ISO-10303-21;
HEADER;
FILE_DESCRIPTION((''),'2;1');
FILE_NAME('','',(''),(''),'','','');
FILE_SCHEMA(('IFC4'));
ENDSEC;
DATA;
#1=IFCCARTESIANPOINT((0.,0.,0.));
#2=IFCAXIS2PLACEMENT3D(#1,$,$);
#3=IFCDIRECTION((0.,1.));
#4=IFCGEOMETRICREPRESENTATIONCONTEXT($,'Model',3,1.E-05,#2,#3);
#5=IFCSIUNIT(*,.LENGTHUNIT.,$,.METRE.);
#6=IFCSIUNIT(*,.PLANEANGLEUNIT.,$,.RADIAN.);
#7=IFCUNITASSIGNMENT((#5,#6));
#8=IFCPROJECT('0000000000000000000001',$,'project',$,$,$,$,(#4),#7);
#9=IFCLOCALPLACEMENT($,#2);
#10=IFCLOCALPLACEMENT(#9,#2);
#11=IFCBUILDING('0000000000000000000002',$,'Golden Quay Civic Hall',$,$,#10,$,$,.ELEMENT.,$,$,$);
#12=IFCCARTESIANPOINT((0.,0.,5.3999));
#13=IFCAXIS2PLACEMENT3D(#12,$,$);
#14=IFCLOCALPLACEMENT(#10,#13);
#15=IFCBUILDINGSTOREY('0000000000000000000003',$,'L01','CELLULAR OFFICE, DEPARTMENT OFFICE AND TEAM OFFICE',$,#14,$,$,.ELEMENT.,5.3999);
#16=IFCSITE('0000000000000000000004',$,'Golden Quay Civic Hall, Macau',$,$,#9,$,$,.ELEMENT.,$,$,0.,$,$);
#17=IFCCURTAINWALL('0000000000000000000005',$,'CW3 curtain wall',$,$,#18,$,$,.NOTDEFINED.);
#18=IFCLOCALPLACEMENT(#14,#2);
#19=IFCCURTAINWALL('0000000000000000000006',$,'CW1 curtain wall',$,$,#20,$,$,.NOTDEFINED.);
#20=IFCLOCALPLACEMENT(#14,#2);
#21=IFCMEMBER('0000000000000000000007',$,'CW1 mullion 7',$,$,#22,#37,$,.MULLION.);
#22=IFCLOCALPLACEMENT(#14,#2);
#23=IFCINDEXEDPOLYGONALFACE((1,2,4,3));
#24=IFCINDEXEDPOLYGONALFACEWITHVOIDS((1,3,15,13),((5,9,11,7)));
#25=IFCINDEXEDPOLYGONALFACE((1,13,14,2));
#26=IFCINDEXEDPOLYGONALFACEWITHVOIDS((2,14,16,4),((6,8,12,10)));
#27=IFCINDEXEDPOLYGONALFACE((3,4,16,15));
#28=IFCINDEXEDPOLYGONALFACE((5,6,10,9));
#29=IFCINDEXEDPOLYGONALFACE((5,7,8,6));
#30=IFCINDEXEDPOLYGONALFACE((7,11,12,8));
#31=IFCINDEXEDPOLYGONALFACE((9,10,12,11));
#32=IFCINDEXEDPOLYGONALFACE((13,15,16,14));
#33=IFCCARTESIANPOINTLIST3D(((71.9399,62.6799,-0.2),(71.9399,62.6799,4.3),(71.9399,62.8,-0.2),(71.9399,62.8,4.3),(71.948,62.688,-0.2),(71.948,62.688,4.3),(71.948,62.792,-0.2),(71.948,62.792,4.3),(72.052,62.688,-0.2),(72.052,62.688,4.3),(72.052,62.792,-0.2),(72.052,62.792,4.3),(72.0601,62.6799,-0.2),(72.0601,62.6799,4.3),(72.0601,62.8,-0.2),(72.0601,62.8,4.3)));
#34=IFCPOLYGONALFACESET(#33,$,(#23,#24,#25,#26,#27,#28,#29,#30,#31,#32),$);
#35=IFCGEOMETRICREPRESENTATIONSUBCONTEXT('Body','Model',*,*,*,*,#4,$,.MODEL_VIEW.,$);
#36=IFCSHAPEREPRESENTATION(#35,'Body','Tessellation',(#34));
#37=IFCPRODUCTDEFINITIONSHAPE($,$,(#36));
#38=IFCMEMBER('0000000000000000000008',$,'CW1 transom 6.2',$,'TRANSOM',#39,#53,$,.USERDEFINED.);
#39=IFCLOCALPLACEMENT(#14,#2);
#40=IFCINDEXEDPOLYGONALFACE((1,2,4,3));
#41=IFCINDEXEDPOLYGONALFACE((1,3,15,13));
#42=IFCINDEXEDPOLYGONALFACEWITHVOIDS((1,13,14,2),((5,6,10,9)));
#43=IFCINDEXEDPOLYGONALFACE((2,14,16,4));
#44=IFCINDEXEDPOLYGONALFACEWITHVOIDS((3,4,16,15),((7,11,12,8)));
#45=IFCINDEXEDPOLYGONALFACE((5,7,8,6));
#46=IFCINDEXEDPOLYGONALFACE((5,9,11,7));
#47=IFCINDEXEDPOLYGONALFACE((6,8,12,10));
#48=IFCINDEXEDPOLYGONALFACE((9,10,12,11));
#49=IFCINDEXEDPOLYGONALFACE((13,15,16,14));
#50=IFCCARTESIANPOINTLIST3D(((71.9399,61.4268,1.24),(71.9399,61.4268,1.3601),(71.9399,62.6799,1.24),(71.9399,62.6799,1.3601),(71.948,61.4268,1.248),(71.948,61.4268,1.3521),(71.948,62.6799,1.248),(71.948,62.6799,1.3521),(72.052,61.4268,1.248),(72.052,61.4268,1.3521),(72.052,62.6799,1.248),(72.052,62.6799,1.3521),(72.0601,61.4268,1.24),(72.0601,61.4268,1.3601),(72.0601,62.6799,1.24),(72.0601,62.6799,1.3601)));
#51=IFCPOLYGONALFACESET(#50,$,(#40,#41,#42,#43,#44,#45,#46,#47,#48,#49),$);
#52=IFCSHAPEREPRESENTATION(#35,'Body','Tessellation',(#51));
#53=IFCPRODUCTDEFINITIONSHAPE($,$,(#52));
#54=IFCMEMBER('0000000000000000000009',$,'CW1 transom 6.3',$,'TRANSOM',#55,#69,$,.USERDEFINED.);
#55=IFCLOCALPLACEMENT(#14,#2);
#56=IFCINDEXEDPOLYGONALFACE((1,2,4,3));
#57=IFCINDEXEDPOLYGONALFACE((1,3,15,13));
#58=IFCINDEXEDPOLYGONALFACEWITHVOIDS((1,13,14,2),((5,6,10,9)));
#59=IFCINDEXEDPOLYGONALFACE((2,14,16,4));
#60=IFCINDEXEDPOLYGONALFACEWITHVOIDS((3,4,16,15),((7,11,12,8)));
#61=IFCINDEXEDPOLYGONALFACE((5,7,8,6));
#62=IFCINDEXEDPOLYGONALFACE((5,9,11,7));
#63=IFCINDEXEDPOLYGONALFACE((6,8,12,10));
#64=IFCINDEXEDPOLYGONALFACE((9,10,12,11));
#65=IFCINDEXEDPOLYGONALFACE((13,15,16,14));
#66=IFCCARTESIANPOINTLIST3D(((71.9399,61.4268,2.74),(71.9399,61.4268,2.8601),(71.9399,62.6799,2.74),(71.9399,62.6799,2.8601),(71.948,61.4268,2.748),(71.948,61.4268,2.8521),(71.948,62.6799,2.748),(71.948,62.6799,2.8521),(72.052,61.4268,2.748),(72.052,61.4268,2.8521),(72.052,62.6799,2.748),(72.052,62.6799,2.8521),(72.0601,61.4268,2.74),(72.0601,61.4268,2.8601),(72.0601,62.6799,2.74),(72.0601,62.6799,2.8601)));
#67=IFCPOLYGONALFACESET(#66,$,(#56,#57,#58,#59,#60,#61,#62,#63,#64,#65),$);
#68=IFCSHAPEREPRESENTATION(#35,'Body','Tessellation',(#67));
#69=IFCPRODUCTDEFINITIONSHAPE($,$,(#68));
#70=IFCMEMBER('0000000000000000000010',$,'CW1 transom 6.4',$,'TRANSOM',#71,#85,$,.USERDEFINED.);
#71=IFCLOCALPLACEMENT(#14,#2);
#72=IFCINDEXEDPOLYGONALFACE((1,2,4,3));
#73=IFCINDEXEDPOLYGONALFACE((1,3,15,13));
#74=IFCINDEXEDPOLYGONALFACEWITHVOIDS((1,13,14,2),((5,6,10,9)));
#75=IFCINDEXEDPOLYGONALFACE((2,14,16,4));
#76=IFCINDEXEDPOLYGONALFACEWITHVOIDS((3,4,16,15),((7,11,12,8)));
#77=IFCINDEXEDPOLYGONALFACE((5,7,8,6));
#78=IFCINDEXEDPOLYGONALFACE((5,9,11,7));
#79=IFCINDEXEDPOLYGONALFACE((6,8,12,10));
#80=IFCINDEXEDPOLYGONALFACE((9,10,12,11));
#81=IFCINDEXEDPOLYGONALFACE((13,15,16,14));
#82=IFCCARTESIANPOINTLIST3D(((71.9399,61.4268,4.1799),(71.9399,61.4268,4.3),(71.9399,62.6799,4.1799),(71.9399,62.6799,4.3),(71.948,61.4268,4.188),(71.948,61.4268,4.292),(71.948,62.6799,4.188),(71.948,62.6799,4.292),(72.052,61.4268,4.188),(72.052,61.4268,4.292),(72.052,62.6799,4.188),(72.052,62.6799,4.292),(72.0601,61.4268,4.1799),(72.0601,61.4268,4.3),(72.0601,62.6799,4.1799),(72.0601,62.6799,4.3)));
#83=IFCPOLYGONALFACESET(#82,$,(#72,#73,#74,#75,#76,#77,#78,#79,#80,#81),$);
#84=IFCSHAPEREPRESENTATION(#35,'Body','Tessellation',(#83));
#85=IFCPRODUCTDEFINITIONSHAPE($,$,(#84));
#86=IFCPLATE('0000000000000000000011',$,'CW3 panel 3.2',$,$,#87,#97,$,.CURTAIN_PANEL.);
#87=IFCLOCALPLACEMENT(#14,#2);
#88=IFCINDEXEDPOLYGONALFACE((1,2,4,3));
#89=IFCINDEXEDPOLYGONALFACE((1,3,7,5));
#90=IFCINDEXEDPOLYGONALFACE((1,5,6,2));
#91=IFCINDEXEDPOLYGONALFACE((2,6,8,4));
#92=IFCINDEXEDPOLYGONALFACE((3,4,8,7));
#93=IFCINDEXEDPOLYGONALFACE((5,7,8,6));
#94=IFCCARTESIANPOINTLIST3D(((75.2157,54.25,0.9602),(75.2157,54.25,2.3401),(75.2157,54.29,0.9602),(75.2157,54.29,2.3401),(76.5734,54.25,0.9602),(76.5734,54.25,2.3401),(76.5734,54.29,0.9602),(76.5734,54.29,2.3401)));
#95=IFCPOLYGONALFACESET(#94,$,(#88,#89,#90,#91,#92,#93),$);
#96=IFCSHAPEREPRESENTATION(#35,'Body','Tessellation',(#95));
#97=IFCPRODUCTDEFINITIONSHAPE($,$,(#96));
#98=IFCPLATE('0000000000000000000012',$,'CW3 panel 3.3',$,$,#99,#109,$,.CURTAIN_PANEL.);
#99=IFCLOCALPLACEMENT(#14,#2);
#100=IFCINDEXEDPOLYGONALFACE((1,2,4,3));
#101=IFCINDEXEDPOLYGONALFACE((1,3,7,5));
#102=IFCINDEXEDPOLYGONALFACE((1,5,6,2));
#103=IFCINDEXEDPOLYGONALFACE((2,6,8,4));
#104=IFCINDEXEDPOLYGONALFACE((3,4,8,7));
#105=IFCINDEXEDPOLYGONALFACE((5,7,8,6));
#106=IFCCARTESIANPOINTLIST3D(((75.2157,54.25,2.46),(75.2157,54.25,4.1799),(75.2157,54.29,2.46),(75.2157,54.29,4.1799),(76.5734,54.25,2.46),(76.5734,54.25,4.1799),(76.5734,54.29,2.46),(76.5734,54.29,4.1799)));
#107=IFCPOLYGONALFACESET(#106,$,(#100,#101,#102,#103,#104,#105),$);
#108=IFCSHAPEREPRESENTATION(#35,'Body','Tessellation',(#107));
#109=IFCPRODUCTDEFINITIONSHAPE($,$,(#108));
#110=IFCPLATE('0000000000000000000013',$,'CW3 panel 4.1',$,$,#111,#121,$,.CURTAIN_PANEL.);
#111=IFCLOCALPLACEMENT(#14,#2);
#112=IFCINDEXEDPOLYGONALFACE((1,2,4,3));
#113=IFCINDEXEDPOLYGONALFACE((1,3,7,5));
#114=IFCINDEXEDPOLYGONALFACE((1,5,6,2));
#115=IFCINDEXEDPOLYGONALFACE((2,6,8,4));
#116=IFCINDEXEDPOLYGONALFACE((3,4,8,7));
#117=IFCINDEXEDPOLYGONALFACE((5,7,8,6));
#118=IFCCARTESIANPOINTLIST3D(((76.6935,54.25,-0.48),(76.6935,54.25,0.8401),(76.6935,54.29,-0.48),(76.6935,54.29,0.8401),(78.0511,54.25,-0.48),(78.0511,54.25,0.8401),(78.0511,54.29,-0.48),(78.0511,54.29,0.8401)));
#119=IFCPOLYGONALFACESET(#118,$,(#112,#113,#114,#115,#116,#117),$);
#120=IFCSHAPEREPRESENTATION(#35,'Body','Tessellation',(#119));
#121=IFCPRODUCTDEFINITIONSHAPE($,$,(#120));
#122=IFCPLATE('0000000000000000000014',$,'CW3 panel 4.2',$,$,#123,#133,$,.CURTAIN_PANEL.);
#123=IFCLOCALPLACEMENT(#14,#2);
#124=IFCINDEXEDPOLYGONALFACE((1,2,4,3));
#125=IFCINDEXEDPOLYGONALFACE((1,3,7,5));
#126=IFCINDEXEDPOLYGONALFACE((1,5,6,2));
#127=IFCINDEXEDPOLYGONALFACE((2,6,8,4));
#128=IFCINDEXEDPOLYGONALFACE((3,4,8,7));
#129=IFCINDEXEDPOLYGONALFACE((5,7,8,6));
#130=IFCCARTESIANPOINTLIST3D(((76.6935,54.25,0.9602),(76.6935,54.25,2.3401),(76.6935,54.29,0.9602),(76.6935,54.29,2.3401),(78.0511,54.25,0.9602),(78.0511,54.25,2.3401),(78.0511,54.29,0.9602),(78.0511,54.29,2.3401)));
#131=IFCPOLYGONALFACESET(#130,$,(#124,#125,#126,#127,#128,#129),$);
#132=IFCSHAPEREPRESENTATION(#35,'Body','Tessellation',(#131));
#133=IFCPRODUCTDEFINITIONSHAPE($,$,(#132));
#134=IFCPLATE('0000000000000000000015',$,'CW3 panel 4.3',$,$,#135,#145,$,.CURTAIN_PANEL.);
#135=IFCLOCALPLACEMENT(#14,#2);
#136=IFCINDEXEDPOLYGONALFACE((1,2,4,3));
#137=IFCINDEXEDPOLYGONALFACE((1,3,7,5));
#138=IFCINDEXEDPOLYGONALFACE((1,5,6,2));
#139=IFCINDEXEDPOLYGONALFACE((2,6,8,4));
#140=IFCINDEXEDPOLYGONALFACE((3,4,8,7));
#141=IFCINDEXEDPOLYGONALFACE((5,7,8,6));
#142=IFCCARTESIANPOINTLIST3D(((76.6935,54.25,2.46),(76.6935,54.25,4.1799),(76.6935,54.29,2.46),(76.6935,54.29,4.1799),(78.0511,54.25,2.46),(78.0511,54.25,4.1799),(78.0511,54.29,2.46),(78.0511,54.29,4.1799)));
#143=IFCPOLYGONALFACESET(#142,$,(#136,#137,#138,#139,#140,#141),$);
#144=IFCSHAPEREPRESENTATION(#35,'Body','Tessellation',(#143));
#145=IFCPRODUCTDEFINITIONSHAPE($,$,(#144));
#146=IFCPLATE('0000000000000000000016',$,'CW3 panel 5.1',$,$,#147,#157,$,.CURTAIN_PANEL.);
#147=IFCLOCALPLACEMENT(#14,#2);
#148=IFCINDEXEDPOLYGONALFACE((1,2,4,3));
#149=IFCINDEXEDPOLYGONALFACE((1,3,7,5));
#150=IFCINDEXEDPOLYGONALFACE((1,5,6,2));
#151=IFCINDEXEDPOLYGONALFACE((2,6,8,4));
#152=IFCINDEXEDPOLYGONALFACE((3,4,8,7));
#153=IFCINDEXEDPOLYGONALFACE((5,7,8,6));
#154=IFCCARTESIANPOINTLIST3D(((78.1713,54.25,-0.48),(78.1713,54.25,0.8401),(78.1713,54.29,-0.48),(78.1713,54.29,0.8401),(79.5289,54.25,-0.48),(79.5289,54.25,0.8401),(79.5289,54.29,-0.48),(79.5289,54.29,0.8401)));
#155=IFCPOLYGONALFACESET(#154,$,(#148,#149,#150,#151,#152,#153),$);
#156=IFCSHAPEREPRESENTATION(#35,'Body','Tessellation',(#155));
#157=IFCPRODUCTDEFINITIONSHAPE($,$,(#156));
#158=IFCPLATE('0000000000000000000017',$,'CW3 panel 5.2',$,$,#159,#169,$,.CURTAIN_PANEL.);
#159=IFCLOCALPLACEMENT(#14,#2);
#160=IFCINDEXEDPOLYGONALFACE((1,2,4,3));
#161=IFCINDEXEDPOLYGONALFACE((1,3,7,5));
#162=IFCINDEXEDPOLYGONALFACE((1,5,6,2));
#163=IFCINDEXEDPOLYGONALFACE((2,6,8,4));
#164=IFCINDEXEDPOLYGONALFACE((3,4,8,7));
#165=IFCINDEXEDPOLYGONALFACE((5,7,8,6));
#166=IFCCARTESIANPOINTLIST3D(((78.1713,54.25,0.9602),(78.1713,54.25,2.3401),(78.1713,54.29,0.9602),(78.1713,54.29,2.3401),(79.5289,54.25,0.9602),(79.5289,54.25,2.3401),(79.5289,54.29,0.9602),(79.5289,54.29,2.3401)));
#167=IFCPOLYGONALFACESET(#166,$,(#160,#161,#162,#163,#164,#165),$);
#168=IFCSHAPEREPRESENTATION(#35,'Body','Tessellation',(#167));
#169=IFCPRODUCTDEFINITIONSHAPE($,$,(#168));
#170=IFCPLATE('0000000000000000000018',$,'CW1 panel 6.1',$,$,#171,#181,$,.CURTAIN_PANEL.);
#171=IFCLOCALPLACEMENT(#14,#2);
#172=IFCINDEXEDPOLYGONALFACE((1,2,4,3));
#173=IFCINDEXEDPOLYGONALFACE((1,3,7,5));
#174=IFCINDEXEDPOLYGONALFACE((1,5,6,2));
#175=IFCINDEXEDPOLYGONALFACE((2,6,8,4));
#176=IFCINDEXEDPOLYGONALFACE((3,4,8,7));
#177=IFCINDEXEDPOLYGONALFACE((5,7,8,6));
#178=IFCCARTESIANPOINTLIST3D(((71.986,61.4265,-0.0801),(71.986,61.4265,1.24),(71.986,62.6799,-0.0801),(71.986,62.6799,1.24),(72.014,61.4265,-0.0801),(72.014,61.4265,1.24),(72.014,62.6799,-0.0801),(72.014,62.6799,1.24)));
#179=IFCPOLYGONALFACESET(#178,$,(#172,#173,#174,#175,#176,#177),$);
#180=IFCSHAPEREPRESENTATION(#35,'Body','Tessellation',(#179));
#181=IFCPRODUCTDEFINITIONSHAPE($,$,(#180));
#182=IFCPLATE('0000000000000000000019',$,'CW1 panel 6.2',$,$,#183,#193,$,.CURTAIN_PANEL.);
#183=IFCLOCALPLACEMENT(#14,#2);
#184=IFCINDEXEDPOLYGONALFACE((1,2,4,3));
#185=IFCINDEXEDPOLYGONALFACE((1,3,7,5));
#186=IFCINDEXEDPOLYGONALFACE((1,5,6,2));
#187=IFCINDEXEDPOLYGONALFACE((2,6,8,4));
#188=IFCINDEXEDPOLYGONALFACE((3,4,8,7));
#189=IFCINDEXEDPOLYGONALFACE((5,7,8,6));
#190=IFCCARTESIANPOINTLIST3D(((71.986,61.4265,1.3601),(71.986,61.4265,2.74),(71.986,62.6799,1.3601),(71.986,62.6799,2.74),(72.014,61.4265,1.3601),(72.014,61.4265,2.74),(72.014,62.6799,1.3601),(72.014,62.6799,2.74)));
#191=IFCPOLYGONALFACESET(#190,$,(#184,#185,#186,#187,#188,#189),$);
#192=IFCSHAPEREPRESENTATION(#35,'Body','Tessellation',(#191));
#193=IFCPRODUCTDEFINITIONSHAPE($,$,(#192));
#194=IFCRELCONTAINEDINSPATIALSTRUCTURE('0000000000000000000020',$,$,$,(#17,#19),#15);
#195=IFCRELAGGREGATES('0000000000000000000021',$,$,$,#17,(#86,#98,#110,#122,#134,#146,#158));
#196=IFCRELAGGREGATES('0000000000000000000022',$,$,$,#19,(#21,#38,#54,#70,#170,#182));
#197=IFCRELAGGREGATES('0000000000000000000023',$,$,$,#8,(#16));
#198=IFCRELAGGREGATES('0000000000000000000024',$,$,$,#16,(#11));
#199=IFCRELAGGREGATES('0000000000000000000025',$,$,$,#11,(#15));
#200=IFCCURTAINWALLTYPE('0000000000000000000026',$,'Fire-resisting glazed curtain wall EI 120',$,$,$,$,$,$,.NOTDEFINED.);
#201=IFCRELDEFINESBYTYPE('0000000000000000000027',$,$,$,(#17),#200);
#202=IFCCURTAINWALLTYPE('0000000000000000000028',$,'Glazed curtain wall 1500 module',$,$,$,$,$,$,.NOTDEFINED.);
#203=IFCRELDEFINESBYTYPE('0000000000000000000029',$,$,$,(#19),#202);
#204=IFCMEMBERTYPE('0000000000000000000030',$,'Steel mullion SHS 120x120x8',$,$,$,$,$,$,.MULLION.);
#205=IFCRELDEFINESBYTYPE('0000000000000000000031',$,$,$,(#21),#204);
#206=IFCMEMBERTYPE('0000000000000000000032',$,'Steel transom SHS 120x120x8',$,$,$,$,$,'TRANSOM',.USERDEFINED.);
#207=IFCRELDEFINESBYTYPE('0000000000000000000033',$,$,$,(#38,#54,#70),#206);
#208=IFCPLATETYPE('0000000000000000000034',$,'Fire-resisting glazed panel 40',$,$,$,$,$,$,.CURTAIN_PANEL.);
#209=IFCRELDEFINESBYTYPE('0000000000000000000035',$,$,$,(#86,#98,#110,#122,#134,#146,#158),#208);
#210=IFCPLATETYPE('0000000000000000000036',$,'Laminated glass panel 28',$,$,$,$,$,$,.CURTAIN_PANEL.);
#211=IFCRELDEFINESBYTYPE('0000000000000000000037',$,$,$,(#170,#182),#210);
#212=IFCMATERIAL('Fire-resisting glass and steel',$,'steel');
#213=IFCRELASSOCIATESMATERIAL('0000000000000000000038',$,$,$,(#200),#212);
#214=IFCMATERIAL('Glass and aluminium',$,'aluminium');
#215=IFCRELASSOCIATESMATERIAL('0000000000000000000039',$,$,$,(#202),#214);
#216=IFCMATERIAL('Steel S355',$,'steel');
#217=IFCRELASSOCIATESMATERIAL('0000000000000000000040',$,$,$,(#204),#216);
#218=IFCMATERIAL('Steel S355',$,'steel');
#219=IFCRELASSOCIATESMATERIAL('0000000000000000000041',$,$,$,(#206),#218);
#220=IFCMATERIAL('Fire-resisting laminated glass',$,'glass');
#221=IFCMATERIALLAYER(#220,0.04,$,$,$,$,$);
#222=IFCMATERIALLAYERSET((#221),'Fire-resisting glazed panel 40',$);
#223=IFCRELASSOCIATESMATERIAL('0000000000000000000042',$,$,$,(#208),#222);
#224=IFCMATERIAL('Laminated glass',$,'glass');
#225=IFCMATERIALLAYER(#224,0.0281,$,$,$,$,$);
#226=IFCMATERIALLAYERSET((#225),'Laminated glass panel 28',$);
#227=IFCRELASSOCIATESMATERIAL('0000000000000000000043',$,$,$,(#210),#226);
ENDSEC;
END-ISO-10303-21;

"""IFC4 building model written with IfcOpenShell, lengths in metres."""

from ifc_helpers import new_model, si_unit, direction, frame, origin, origin_2d, place, context, subcontext, project, spatial, rectangle, hollow_rectangle, extrude, material, layer, layer_set, material_profile, profile_set, type_object, element, aggregate, save


model = new_model("IFC4")

# Units and contexts
model_context = context("Model", 3, precision=1e-05, world=origin(), true_north=direction((0.0, 1.0)))
body_context = subcontext(model_context, "Body", "Model", "MODEL_VIEW")
ifc_project = project(units=[si_unit("LENGTHUNIT", "METRE"), si_unit("PLANEANGLEUNIT", "RADIAN")], contexts=[model_context])

# Site, building, storey
site_placement = place(None, origin())
site = spatial("IfcSite", under=ifc_project, at=site_placement, Name="Golden Quay Civic Hall, Macau", CompositionType="ELEMENT", RefElevation=0.0)
building_placement = place(site_placement, origin())
building = spatial("IfcBuilding", under=site, at=building_placement, Name="Golden Quay Civic Hall", CompositionType="ELEMENT")
storey_placement = place(building_placement, frame((0.0, 0.0, 5.3999)))
storey = spatial("IfcBuildingStorey", under=building, at=storey_placement, Name="L01", Description="CELLULAR OFFICE, DEPARTMENT OFFICE AND TEAM OFFICE", CompositionType="ELEMENT", Elevation=5.3999)

# Curtain walls, members
ifc_material_1 = material(Name="Fire-resisting glass and steel", Category="steel")
curtain_wall_type_1 = type_object("IfcCurtainWallType", Name="Fire-resisting glazed curtain wall EI 120", PredefinedType="NOTDEFINED", material=ifc_material_1)
curtain_wall_1_placement = place(storey_placement, origin())
curtain_wall_1 = element("IfcCurtainWall", 1, at=curtain_wall_1_placement, inside=storey, type_object=curtain_wall_type_1, Name="CW3 curtain wall", PredefinedType="NOTDEFINED")
ifc_material_2 = material(Name="Glass and aluminium", Category="aluminium")
curtain_wall_type_2 = type_object("IfcCurtainWallType", Name="Glazed curtain wall 1500 module", PredefinedType="NOTDEFINED", material=ifc_material_2)
curtain_wall_2_placement = place(storey_placement, origin())
curtain_wall_2 = element("IfcCurtainWall", 2, at=curtain_wall_2_placement, inside=storey, type_object=curtain_wall_type_2, Name="CW1 curtain wall", PredefinedType="NOTDEFINED")
ifc_material_3 = material(Name="Steel S355", Category="steel")
ifc_material_profile_1 = material_profile(ifc_material_3, hollow_rectangle(XDim=0.1201, YDim=0.1201, WallThickness=0.0081, at=origin_2d()), Name="SHS 120x120x8")
ifc_profile_set_1 = profile_set([ifc_material_profile_1], Name="Steel S355")
member_type_1 = type_object("IfcMemberType", Name="Steel mullion SHS 120x120x8", PredefinedType="MULLION", material=ifc_profile_set_1)
member_1_placement = place(storey_placement, frame((72.0, 62.74, -0.2), z_axis=(0.0, 0.0, 1.0), x_axis=(-1.0, 0.0, 0.0)))
member_1 = element("IfcMember", 3, at=member_1_placement, type_object=member_type_1, Name="CW1 mullion 7", PredefinedType="MULLION", context=body_context, shape_type="SweptSolid", body=[
    extrude(hollow_rectangle(XDim=0.1201, YDim=0.1201, WallThickness=0.0081, at=origin_2d()), origin(), (0.0, 0.0, 1.0), 4.5),
])
ifc_material_4 = material(Name="Steel S355", Category="steel")
ifc_material_profile_2 = material_profile(ifc_material_4, hollow_rectangle(XDim=0.1201, YDim=0.1201, WallThickness=0.0081, at=origin_2d()), Name="SHS 120x120x8")
ifc_profile_set_2 = profile_set([ifc_material_profile_2], Name="Steel S355")
member_type_2 = type_object("IfcMemberType", Name="Steel transom SHS 120x120x8", ElementType="TRANSOM", PredefinedType="USERDEFINED", material=ifc_profile_set_2)
member_2_placement = place(storey_placement, frame((72.0, 61.4268, 1.3), z_axis=(0.0, 1.0, 0.0), x_axis=(-1.0, 0.0, 0.0)))
member_2 = element("IfcMember", 4, at=member_2_placement, type_object=member_type_2, Name="CW1 transom 6.2", ObjectType="TRANSOM", PredefinedType="USERDEFINED", context=body_context, shape_type="SweptSolid", body=[
    extrude(hollow_rectangle(XDim=0.1201, YDim=0.1201, WallThickness=0.0081, at=origin_2d()), origin(), (0.0, 0.0, 1.0), 1.2532),
])
member_3_placement = place(storey_placement, frame((72.0, 61.4268, 2.8), z_axis=(0.0, 1.0, 0.0), x_axis=(-1.0, 0.0, 0.0)))
member_3 = element("IfcMember", 5, at=member_3_placement, type_object=member_type_2, Name="CW1 transom 6.3", ObjectType="TRANSOM", PredefinedType="USERDEFINED", context=body_context, shape_type="SweptSolid", body=[
    extrude(hollow_rectangle(XDim=0.1201, YDim=0.1201, WallThickness=0.0081, at=origin_2d()), origin(), (0.0, 0.0, 1.0), 1.2532),
])
member_4_placement = place(storey_placement, frame((72.0, 61.4268, 4.24), z_axis=(0.0, 1.0, 0.0), x_axis=(-1.0, 0.0, 0.0)))
member_4 = element("IfcMember", 6, at=member_4_placement, type_object=member_type_2, Name="CW1 transom 6.4", ObjectType="TRANSOM", PredefinedType="USERDEFINED", context=body_context, shape_type="SweptSolid", body=[
    extrude(hollow_rectangle(XDim=0.1201, YDim=0.1201, WallThickness=0.0081, at=origin_2d()), origin(), (0.0, 0.0, 1.0), 1.2532),
])

# Plates
ifc_material_5 = material(Name="Fire-resisting laminated glass", Category="glass")
ifc_layer_1 = layer(ifc_material_5, 0.04)
ifc_layer_set_1 = layer_set([ifc_layer_1], Name="Fire-resisting glazed panel 40")
plate_type_1 = type_object("IfcPlateType", Name="Fire-resisting glazed panel 40", PredefinedType="CURTAIN_PANEL", material=ifc_layer_set_1)
plate_1_placement = place(storey_placement, frame((75.8945, 54.27, 0.9602), z_axis=(0.0, 0.0, 1.0), x_axis=(1.0, 0.0, 0.0)))
plate_1 = element("IfcPlate", 7, at=plate_1_placement, type_object=plate_type_1, Name="CW3 panel 3.2", PredefinedType="CURTAIN_PANEL", context=body_context, shape_type="SweptSolid", body=[
    extrude(rectangle(XDim=1.3577, YDim=0.04, at=origin_2d()), origin(), (0.0, 0.0, 1.0), 1.3799),
])
plate_2_placement = place(storey_placement, frame((75.8945, 54.27, 2.46), z_axis=(0.0, 0.0, 1.0), x_axis=(1.0, 0.0, 0.0)))
plate_2 = element("IfcPlate", 8, at=plate_2_placement, type_object=plate_type_1, Name="CW3 panel 3.3", PredefinedType="CURTAIN_PANEL", context=body_context, shape_type="SweptSolid", body=[
    extrude(rectangle(XDim=1.3577, YDim=0.04, at=origin_2d()), origin(), (0.0, 0.0, 1.0), 1.72),
])
plate_3_placement = place(storey_placement, frame((77.3723, 54.27, -0.48), z_axis=(0.0, 0.0, 1.0), x_axis=(1.0, 0.0, 0.0)))
plate_3 = element("IfcPlate", 9, at=plate_3_placement, type_object=plate_type_1, Name="CW3 panel 4.1", PredefinedType="CURTAIN_PANEL", context=body_context, shape_type="SweptSolid", body=[
    extrude(rectangle(XDim=1.3577, YDim=0.04, at=origin_2d()), origin(), (0.0, 0.0, 1.0), 1.3201),
])
plate_4_placement = place(storey_placement, frame((77.3723, 54.27, 0.9602), z_axis=(0.0, 0.0, 1.0), x_axis=(1.0, 0.0, 0.0)))
plate_4 = element("IfcPlate", 10, at=plate_4_placement, type_object=plate_type_1, Name="CW3 panel 4.2", PredefinedType="CURTAIN_PANEL", context=body_context, shape_type="SweptSolid", body=[
    extrude(rectangle(XDim=1.3577, YDim=0.04, at=origin_2d()), origin(), (0.0, 0.0, 1.0), 1.3799),
])
plate_5_placement = place(storey_placement, frame((77.3723, 54.27, 2.46), z_axis=(0.0, 0.0, 1.0), x_axis=(1.0, 0.0, 0.0)))
plate_5 = element("IfcPlate", 11, at=plate_5_placement, type_object=plate_type_1, Name="CW3 panel 4.3", PredefinedType="CURTAIN_PANEL", context=body_context, shape_type="SweptSolid", body=[
    extrude(rectangle(XDim=1.3577, YDim=0.04, at=origin_2d()), origin(), (0.0, 0.0, 1.0), 1.72),
])
plate_6_placement = place(storey_placement, frame((78.8501, 54.27, -0.48), z_axis=(0.0, 0.0, 1.0), x_axis=(1.0, 0.0, 0.0)))
plate_6 = element("IfcPlate", 12, at=plate_6_placement, type_object=plate_type_1, Name="CW3 panel 5.1", PredefinedType="CURTAIN_PANEL", context=body_context, shape_type="SweptSolid", body=[
    extrude(rectangle(XDim=1.3577, YDim=0.04, at=origin_2d()), origin(), (0.0, 0.0, 1.0), 1.3201),
])
plate_7_placement = place(storey_placement, frame((78.8501, 54.27, 0.9602), z_axis=(0.0, 0.0, 1.0), x_axis=(1.0, 0.0, 0.0)))
plate_7 = element("IfcPlate", 13, at=plate_7_placement, type_object=plate_type_1, Name="CW3 panel 5.2", PredefinedType="CURTAIN_PANEL", context=body_context, shape_type="SweptSolid", body=[
    extrude(rectangle(XDim=1.3577, YDim=0.04, at=origin_2d()), origin(), (0.0, 0.0, 1.0), 1.3799),
])
aggregate(curtain_wall_1, [plate_1, plate_2, plate_3, plate_4, plate_5, plate_6, plate_7])
ifc_material_6 = material(Name="Laminated glass", Category="glass")
ifc_layer_2 = layer(ifc_material_6, 0.0281)
ifc_layer_set_2 = layer_set([ifc_layer_2], Name="Laminated glass panel 28")
plate_type_2 = type_object("IfcPlateType", Name="Laminated glass panel 28", PredefinedType="CURTAIN_PANEL", material=ifc_layer_set_2)
plate_8_placement = place(storey_placement, frame((72.0, 62.0532, -0.0801), z_axis=(0.0, 0.0, 1.0), x_axis=(0.0, 1.0, 0.0)))
plate_8 = element("IfcPlate", 14, at=plate_8_placement, type_object=plate_type_2, Name="CW1 panel 6.1", PredefinedType="CURTAIN_PANEL", context=body_context, shape_type="SweptSolid", body=[
    extrude(rectangle(XDim=1.2534, YDim=0.0281, at=origin_2d()), origin(), (0.0, 0.0, 1.0), 1.3201),
])
plate_9_placement = place(storey_placement, frame((72.0, 62.0532, 1.3601), z_axis=(0.0, 0.0, 1.0), x_axis=(0.0, 1.0, 0.0)))
plate_9 = element("IfcPlate", 15, at=plate_9_placement, type_object=plate_type_2, Name="CW1 panel 6.2", PredefinedType="CURTAIN_PANEL", context=body_context, shape_type="SweptSolid", body=[
    extrude(rectangle(XDim=1.2534, YDim=0.0281, at=origin_2d()), origin(), (0.0, 0.0, 1.0), 1.3799),
])
aggregate(curtain_wall_2, [member_1, member_2, member_3, member_4, plate_8, plate_9])

save(model, "model.ifc")
